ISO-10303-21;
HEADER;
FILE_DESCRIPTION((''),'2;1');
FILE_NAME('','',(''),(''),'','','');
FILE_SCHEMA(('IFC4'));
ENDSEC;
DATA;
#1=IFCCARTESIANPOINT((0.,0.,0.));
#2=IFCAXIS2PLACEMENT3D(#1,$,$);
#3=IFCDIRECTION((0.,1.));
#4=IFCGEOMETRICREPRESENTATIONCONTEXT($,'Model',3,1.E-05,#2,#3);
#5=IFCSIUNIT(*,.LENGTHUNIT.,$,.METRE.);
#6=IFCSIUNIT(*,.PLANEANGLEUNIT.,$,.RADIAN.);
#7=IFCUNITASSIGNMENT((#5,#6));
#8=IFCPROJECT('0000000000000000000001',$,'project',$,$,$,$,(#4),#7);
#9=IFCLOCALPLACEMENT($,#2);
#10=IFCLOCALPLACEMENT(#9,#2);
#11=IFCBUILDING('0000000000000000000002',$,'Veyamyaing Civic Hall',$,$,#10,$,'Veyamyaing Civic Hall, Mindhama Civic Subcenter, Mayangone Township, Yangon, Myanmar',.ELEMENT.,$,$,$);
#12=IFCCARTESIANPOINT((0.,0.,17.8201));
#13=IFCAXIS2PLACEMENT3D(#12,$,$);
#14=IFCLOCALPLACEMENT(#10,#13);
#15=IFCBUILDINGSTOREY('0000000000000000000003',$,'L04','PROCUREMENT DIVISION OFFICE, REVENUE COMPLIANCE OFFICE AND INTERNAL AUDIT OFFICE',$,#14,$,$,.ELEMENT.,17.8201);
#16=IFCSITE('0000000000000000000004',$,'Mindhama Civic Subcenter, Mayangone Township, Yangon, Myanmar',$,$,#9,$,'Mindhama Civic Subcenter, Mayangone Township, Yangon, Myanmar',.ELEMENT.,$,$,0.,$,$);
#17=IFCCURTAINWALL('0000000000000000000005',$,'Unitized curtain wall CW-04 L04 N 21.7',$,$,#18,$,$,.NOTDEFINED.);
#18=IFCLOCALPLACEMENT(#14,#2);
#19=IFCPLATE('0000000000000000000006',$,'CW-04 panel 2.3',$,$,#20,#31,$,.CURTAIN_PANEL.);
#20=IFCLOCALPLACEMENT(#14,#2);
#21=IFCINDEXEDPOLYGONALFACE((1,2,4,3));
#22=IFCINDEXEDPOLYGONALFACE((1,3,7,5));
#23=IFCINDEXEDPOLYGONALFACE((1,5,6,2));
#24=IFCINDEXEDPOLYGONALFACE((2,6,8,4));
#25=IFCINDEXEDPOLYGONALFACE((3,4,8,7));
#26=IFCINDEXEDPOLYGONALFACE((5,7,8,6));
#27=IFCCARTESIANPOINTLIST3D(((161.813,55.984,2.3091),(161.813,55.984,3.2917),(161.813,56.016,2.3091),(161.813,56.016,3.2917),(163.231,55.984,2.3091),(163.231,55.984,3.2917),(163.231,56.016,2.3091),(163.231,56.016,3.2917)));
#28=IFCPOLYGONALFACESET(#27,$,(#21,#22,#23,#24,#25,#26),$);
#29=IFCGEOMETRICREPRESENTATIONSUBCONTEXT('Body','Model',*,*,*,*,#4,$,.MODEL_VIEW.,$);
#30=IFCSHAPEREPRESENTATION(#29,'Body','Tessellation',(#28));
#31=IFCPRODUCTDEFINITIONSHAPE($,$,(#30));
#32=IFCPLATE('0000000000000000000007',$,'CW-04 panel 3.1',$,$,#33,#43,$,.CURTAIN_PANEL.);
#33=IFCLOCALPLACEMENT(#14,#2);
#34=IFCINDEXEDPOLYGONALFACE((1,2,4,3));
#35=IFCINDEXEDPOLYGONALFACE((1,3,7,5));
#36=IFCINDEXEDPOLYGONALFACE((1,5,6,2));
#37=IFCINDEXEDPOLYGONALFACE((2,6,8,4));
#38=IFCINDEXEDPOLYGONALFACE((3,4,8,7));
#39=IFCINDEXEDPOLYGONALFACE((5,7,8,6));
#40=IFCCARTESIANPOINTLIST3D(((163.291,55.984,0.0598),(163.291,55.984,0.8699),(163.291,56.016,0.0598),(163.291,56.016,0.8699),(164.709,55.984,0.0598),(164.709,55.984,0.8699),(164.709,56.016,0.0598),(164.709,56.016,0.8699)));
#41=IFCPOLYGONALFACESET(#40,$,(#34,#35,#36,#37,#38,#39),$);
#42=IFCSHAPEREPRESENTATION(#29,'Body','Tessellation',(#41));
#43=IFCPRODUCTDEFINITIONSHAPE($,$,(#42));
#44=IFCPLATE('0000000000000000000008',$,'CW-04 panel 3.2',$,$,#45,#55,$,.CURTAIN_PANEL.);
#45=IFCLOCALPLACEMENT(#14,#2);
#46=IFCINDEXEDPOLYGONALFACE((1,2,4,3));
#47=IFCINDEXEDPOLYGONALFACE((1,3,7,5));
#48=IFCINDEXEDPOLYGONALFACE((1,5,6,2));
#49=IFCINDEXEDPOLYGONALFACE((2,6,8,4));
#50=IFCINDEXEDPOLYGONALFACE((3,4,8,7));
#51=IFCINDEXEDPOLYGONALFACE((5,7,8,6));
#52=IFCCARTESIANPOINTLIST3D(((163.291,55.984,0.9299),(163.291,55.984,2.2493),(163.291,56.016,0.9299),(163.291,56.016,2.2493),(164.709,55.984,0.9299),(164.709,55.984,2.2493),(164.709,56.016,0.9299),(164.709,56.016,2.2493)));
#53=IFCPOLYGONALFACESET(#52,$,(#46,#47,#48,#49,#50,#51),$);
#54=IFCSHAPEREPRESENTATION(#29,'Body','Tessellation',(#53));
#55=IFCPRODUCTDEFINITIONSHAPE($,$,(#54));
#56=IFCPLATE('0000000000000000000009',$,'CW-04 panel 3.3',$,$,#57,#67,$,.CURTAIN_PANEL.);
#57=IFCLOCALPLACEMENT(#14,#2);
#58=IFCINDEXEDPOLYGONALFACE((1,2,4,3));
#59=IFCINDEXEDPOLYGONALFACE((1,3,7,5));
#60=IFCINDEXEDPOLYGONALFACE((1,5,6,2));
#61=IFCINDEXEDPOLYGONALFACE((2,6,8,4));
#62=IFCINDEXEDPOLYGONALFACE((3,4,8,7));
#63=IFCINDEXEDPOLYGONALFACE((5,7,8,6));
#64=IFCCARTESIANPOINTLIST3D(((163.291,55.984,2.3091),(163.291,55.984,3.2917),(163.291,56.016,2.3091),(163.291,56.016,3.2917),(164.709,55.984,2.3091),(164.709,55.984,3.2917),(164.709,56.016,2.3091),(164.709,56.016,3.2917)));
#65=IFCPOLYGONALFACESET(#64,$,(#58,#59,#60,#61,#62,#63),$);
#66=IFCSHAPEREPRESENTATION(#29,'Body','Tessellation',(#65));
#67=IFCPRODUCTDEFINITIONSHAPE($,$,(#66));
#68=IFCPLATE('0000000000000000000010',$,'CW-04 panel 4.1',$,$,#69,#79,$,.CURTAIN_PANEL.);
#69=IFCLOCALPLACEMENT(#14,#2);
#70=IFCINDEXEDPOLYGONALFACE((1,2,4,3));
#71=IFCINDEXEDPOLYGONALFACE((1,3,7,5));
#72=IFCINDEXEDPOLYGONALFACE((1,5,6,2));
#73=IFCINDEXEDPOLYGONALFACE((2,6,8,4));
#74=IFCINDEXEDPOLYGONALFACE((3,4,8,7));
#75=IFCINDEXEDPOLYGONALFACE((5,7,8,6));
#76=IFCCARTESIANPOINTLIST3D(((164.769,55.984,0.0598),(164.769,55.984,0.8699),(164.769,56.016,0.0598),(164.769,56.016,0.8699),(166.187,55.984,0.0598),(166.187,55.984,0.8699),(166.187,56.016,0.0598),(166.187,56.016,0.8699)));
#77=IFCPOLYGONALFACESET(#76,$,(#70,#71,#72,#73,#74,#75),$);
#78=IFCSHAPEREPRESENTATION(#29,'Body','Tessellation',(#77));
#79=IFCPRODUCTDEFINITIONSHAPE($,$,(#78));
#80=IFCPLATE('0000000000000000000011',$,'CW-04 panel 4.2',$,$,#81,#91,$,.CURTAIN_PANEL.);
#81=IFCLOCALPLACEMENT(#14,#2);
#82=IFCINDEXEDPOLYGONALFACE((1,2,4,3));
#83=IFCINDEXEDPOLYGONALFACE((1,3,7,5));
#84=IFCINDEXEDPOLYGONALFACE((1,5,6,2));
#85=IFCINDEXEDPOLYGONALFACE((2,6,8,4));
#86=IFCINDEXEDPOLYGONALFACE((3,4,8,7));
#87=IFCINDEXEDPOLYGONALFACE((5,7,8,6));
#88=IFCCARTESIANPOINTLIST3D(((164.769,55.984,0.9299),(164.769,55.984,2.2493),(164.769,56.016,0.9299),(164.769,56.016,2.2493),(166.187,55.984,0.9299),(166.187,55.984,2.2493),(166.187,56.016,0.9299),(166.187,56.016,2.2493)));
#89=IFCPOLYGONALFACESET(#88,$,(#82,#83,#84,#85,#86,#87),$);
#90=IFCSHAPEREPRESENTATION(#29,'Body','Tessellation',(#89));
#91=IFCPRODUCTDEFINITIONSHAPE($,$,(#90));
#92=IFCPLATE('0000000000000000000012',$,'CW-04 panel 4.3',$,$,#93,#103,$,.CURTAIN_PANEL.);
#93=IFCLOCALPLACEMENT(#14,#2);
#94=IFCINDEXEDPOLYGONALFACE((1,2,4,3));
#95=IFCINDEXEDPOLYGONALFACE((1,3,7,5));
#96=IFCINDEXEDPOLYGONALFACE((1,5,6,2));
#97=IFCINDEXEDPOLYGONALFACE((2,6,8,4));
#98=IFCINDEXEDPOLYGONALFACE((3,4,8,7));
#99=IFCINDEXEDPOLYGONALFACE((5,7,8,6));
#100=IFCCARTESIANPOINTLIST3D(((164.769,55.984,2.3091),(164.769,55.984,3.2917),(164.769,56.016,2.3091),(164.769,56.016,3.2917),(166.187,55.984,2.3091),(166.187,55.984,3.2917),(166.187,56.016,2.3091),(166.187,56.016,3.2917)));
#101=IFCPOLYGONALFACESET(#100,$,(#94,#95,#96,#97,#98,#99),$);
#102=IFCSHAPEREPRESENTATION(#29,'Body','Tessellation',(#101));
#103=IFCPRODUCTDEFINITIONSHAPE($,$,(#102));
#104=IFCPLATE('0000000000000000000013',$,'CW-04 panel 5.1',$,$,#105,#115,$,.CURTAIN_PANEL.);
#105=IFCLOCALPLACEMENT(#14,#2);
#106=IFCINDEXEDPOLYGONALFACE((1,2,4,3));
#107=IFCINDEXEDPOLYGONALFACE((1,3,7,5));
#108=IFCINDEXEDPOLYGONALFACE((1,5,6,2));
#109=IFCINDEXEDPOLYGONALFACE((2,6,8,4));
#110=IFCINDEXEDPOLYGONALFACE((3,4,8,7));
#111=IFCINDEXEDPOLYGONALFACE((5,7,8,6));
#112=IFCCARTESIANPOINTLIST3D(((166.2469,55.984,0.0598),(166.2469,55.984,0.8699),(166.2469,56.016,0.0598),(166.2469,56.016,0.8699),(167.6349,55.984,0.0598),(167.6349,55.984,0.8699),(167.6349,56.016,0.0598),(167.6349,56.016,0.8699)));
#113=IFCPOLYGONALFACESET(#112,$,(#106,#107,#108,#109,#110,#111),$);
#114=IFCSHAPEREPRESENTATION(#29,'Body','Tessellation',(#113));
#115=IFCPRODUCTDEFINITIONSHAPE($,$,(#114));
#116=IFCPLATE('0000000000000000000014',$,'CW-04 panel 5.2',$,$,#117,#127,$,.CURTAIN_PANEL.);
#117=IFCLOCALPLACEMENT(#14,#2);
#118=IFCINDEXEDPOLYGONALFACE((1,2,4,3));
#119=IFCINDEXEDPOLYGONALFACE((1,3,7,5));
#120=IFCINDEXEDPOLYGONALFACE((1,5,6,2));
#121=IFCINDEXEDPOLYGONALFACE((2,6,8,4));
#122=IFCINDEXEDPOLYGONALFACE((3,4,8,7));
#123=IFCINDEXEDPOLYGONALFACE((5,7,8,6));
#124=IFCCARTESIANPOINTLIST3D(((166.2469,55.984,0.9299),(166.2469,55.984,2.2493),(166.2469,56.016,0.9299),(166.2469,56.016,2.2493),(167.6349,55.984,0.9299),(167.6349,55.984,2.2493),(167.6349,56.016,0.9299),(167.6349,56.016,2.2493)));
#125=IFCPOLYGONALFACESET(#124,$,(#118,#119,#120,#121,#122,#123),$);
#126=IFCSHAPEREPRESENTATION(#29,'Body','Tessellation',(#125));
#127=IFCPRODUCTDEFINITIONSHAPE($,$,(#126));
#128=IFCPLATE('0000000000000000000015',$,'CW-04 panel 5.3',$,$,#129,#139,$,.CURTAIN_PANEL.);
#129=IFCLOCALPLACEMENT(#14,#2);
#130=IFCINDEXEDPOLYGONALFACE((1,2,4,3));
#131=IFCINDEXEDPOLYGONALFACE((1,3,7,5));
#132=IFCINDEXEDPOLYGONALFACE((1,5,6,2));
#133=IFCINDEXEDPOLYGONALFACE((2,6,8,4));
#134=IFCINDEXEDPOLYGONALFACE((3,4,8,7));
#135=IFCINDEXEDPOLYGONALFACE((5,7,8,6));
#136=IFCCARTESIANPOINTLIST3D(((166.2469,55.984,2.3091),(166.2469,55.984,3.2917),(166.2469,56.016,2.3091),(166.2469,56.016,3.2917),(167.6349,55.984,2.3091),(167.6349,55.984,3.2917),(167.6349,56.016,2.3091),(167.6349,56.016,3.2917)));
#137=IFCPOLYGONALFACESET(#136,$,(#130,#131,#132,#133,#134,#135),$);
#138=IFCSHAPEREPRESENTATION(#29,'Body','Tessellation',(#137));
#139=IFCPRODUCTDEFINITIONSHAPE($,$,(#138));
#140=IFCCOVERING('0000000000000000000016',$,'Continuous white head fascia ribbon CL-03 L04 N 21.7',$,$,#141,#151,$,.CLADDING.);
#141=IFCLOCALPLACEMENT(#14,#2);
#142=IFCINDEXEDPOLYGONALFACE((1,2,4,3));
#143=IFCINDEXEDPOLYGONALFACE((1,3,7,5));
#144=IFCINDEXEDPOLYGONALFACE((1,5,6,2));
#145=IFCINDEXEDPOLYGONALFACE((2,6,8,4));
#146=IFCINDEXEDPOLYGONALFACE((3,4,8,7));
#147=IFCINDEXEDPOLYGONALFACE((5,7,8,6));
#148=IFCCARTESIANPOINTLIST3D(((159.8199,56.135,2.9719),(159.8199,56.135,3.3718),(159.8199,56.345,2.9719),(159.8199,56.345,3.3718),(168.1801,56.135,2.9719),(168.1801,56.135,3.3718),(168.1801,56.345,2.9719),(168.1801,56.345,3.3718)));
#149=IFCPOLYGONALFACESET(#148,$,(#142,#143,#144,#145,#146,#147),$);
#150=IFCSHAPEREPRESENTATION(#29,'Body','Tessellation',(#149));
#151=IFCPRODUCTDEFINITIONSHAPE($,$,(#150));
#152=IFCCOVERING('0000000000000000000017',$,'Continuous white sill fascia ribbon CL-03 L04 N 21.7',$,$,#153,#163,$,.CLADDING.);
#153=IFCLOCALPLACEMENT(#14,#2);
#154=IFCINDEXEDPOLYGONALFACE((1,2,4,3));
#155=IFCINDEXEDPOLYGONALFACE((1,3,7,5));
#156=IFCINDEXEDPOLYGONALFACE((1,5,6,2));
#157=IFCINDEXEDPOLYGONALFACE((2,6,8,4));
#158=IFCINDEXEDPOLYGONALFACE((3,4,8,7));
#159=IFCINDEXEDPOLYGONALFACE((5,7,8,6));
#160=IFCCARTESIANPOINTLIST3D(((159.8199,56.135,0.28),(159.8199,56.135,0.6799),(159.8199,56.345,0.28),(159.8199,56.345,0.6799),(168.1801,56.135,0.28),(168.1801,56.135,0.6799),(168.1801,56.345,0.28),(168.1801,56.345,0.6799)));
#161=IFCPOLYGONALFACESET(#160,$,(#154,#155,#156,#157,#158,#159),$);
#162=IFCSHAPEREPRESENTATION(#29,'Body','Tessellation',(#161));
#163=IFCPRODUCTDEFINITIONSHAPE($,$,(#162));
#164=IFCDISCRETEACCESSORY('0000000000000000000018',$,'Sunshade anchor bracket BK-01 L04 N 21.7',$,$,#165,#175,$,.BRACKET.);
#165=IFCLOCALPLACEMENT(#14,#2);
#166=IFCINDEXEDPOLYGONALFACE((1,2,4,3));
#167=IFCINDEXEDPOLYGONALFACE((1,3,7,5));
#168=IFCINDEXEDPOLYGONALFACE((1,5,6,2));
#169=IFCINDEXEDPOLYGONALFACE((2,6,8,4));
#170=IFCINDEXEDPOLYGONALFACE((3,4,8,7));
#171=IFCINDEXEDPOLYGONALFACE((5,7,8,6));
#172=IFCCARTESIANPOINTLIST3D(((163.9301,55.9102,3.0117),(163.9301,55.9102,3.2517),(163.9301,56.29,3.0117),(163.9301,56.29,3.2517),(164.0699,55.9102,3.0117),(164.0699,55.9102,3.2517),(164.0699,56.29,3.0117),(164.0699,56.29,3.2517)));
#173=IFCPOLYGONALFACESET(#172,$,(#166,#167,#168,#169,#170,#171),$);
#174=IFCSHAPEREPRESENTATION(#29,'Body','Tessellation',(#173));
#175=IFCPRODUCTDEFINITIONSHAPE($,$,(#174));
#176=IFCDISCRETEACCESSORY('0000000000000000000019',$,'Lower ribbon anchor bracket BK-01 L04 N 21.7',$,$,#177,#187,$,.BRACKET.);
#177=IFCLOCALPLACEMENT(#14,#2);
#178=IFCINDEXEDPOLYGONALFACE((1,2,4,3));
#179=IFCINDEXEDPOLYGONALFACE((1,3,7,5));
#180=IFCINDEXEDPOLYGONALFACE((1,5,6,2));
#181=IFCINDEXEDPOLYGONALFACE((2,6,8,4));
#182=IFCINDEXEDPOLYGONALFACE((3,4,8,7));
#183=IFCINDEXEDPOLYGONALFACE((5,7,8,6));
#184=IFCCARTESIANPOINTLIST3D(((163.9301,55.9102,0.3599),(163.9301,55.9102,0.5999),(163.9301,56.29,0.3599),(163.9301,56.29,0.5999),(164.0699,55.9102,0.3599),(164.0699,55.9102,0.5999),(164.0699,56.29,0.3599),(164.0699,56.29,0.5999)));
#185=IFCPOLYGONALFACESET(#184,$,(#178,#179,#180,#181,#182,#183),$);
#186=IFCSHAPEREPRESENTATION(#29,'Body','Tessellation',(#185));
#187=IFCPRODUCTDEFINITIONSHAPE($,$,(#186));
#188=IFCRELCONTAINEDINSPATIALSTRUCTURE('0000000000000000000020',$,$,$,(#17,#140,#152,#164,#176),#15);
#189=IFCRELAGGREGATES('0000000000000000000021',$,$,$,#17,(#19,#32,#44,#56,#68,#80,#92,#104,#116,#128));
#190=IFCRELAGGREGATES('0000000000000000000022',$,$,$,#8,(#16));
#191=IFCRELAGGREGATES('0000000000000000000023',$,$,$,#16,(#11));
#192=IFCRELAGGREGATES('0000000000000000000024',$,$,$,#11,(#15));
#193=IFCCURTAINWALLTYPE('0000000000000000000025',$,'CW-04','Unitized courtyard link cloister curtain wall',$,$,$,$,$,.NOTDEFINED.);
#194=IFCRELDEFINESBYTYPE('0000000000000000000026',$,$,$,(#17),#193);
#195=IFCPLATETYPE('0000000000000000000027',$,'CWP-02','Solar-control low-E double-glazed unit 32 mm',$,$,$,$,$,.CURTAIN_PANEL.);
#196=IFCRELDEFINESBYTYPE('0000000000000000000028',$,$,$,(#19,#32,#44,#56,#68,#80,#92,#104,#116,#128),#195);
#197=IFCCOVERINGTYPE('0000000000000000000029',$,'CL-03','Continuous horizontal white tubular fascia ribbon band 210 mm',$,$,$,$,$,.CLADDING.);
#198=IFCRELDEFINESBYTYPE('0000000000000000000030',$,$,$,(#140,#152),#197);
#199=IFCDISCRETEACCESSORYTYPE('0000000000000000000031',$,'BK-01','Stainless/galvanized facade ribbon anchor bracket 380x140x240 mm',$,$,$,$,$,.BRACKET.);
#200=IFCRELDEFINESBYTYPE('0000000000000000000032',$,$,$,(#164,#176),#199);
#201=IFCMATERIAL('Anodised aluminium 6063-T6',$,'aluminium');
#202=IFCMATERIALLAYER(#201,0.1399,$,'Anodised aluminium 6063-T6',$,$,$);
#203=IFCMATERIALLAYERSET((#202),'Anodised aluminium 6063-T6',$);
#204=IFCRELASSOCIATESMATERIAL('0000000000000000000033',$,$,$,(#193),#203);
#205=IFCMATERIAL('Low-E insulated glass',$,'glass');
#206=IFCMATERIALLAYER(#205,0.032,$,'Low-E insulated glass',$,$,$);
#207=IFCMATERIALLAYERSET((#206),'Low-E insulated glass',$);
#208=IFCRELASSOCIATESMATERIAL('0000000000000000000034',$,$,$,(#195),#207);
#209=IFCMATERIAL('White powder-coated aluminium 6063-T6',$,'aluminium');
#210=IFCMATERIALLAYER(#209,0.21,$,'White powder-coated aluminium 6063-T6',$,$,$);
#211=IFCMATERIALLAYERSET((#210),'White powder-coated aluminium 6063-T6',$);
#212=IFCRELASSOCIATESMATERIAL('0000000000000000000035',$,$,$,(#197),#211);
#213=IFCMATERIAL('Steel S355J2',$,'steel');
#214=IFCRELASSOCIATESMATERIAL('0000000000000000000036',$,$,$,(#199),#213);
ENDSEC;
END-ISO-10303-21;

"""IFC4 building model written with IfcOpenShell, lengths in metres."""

from ifc_helpers import new_model, si_unit, direction, frame, origin, origin_2d, place, context, subcontext, project, spatial, rectangle, extrude, material, layer, layer_set, type_object, element, aggregate, save


model = new_model("IFC4")

# Units and contexts
model_context = context("Model", 3, precision=1e-05, world=origin(), true_north=direction((0.0, 1.0)))
body_context = subcontext(model_context, "Body", "Model", "MODEL_VIEW")
ifc_project = project(units=[si_unit("LENGTHUNIT", "METRE"), si_unit("PLANEANGLEUNIT", "RADIAN")], contexts=[model_context])

# Site, building, storey
site_placement = place(None, origin())
site = spatial("IfcSite", under=ifc_project, at=site_placement, Name="Mindhama Civic Subcenter, Mayangone Township, Yangon, Myanmar", LongName="Mindhama Civic Subcenter, Mayangone Township, Yangon, Myanmar", CompositionType="ELEMENT", RefElevation=0.0)
building_placement = place(site_placement, origin())
building = spatial("IfcBuilding", under=site, at=building_placement, Name="Veyamyaing Civic Hall", LongName="Veyamyaing Civic Hall, Mindhama Civic Subcenter, Mayangone Township, Yangon, Myanmar", CompositionType="ELEMENT")
storey_placement = place(building_placement, frame((0.0, 0.0, 17.8201)))
storey = spatial("IfcBuildingStorey", under=building, at=storey_placement, Name="L04", Description="PROCUREMENT DIVISION OFFICE, REVENUE COMPLIANCE OFFICE AND INTERNAL AUDIT OFFICE", CompositionType="ELEMENT", Elevation=17.8201)

# Curtain wall, plates
ifc_material_1 = material(Name="Anodised aluminium 6063-T6", Category="aluminium")
ifc_layer_1 = layer(ifc_material_1, 0.1399, Name="Anodised aluminium 6063-T6")
ifc_layer_set_1 = layer_set([ifc_layer_1], Name="Anodised aluminium 6063-T6")
curtain_wall_type = type_object("IfcCurtainWallType", Name="CW-04", Description="Unitized courtyard link cloister curtain wall", PredefinedType="NOTDEFINED", material=ifc_layer_set_1)
curtain_wall_placement = place(storey_placement, origin())
curtain_wall = element("IfcCurtainWall", 1, at=curtain_wall_placement, inside=storey, type_object=curtain_wall_type, Name="Unitized curtain wall CW-04 L04 N 21.7", PredefinedType="NOTDEFINED")
ifc_material_2 = material(Name="Low-E insulated glass", Category="glass")
ifc_layer_2 = layer(ifc_material_2, 0.032, Name="Low-E insulated glass")
ifc_layer_set_2 = layer_set([ifc_layer_2], Name="Low-E insulated glass")
plate_type = type_object("IfcPlateType", Name="CWP-02", Description="Solar-control low-E double-glazed unit 32 mm", PredefinedType="CURTAIN_PANEL", material=ifc_layer_set_2)
plate_1_placement = place(storey_placement, frame((162.522, 56.0, 2.3091), z_axis=(0.0, 0.0, 1.0), x_axis=(1.0, 0.0, 0.0)))
plate_1 = element("IfcPlate", 2, at=plate_1_placement, type_object=plate_type, Name="CW-04 panel 2.3", PredefinedType="CURTAIN_PANEL", context=body_context, shape_type="SweptSolid", body=[
    extrude(rectangle(XDim=1.418, YDim=0.032, at=origin_2d()), origin(), (0.0, 0.0, 1.0), 0.9827),
])
plate_2_placement = place(storey_placement, frame((164.0, 56.0, 0.0598), z_axis=(0.0, 0.0, 1.0), x_axis=(1.0, 0.0, 0.0)))
plate_2 = element("IfcPlate", 3, at=plate_2_placement, type_object=plate_type, Name="CW-04 panel 3.1", PredefinedType="CURTAIN_PANEL", context=body_context, shape_type="SweptSolid", body=[
    extrude(rectangle(XDim=1.418, YDim=0.032, at=origin_2d()), origin(), (0.0, 0.0, 1.0), 0.8101),
])
plate_3_placement = place(storey_placement, frame((164.0, 56.0, 0.9299), z_axis=(0.0, 0.0, 1.0), x_axis=(1.0, 0.0, 0.0)))
plate_3 = element("IfcPlate", 4, at=plate_3_placement, type_object=plate_type, Name="CW-04 panel 3.2", PredefinedType="CURTAIN_PANEL", context=body_context, shape_type="SweptSolid", body=[
    extrude(rectangle(XDim=1.418, YDim=0.032, at=origin_2d()), origin(), (0.0, 0.0, 1.0), 1.3193),
])
plate_4_placement = place(storey_placement, frame((164.0, 56.0, 2.3091), z_axis=(0.0, 0.0, 1.0), x_axis=(1.0, 0.0, 0.0)))
plate_4 = element("IfcPlate", 5, at=plate_4_placement, type_object=plate_type, Name="CW-04 panel 3.3", PredefinedType="CURTAIN_PANEL", context=body_context, shape_type="SweptSolid", body=[
    extrude(rectangle(XDim=1.418, YDim=0.032, at=origin_2d()), origin(), (0.0, 0.0, 1.0), 0.9827),
])
plate_5_placement = place(storey_placement, frame((165.478, 56.0, 0.0598), z_axis=(0.0, 0.0, 1.0), x_axis=(1.0, 0.0, 0.0)))
plate_5 = element("IfcPlate", 6, at=plate_5_placement, type_object=plate_type, Name="CW-04 panel 4.1", PredefinedType="CURTAIN_PANEL", context=body_context, shape_type="SweptSolid", body=[
    extrude(rectangle(XDim=1.418, YDim=0.032, at=origin_2d()), origin(), (0.0, 0.0, 1.0), 0.8101),
])
plate_6_placement = place(storey_placement, frame((165.478, 56.0, 0.9299), z_axis=(0.0, 0.0, 1.0), x_axis=(1.0, 0.0, 0.0)))
plate_6 = element("IfcPlate", 7, at=plate_6_placement, type_object=plate_type, Name="CW-04 panel 4.2", PredefinedType="CURTAIN_PANEL", context=body_context, shape_type="SweptSolid", body=[
    extrude(rectangle(XDim=1.418, YDim=0.032, at=origin_2d()), origin(), (0.0, 0.0, 1.0), 1.3193),
])
plate_7_placement = place(storey_placement, frame((165.478, 56.0, 2.3091), z_axis=(0.0, 0.0, 1.0), x_axis=(1.0, 0.0, 0.0)))
plate_7 = element("IfcPlate", 8, at=plate_7_placement, type_object=plate_type, Name="CW-04 panel 4.3", PredefinedType="CURTAIN_PANEL", context=body_context, shape_type="SweptSolid", body=[
    extrude(rectangle(XDim=1.418, YDim=0.032, at=origin_2d()), origin(), (0.0, 0.0, 1.0), 0.9827),
])
plate_8_placement = place(storey_placement, frame((166.9409, 56.0, 0.0598), z_axis=(0.0, 0.0, 1.0), x_axis=(1.0, 0.0, 0.0)))
plate_8 = element("IfcPlate", 9, at=plate_8_placement, type_object=plate_type, Name="CW-04 panel 5.1", PredefinedType="CURTAIN_PANEL", context=body_context, shape_type="SweptSolid", body=[
    extrude(rectangle(XDim=1.3879, YDim=0.032, at=origin_2d()), origin(), (0.0, 0.0, 1.0), 0.8101),
])
plate_9_placement = place(storey_placement, frame((166.9409, 56.0, 0.9299), z_axis=(0.0, 0.0, 1.0), x_axis=(1.0, 0.0, 0.0)))
plate_9 = element("IfcPlate", 10, at=plate_9_placement, type_object=plate_type, Name="CW-04 panel 5.2", PredefinedType="CURTAIN_PANEL", context=body_context, shape_type="SweptSolid", body=[
    extrude(rectangle(XDim=1.3879, YDim=0.032, at=origin_2d()), origin(), (0.0, 0.0, 1.0), 1.3193),
])
plate_10_placement = place(storey_placement, frame((166.9409, 56.0, 2.3091), z_axis=(0.0, 0.0, 1.0), x_axis=(1.0, 0.0, 0.0)))
plate_10 = element("IfcPlate", 11, at=plate_10_placement, type_object=plate_type, Name="CW-04 panel 5.3", PredefinedType="CURTAIN_PANEL", context=body_context, shape_type="SweptSolid", body=[
    extrude(rectangle(XDim=1.3879, YDim=0.032, at=origin_2d()), origin(), (0.0, 0.0, 1.0), 0.9827),
])
aggregate(curtain_wall, [plate_1, plate_2, plate_3, plate_4, plate_5, plate_6, plate_7, plate_8, plate_9, plate_10])

# Coverings
ifc_material_3 = material(Name="White powder-coated aluminium 6063-T6", Category="aluminium")
ifc_layer_3 = layer(ifc_material_3, 0.21, Name="White powder-coated aluminium 6063-T6")
ifc_layer_set_3 = layer_set([ifc_layer_3], Name="White powder-coated aluminium 6063-T6")
covering_type = type_object("IfcCoveringType", Name="CL-03", Description="Continuous horizontal white tubular fascia ribbon band 210 mm", PredefinedType="CLADDING", material=ifc_layer_set_3)
for number, where, z_axis, x_axis, name in (
    (12, (164.0, 56.24, 2.9719), (0.0, 0.0, 1.0), (1.0, 0.0, 0.0), "Continuous white head fascia ribbon CL-03 L04 N 21.7"),
    (13, (164.0, 56.24, 0.28), (0.0, 0.0, 1.0), (1.0, 0.0, 0.0), "Continuous white sill fascia ribbon CL-03 L04 N 21.7"),
):
    element("IfcCovering", number, at=place(storey_placement, frame(where, z_axis=z_axis, x_axis=x_axis)), inside=storey, type_object=covering_type, Name=name, PredefinedType="CLADDING", context=body_context, shape_type="SweptSolid", body=[
        extrude(rectangle(XDim=8.3601, YDim=0.21, at=origin_2d()), origin(), (0.0, 0.0, 1.0), 0.3999),
    ])

# Discrete accessories
ifc_material_4 = material(Name="Steel S355J2", Category="steel")
discrete_accessory_type = type_object("IfcDiscreteAccessoryType", Name="BK-01", Description="Stainless/galvanized facade ribbon anchor bracket 380x140x240 mm", PredefinedType="BRACKET", material=ifc_material_4)
for number, where, z_axis, x_axis, name in (
    (14, (164.0, 56.1001, 3.0117), (0.0, 0.0, 1.0), (0.0, 1.0, 0.0), "Sunshade anchor bracket BK-01 L04 N 21.7"),
    (15, (164.0, 56.1001, 0.3599), (0.0, 0.0, 1.0), (0.0, 1.0, 0.0), "Lower ribbon anchor bracket BK-01 L04 N 21.7"),
):
    element("IfcDiscreteAccessory", number, at=place(storey_placement, frame(where, z_axis=z_axis, x_axis=x_axis)), inside=storey, type_object=discrete_accessory_type, Name=name, PredefinedType="BRACKET", context=body_context, shape_type="SweptSolid", body=[
        extrude(rectangle(XDim=0.3799, YDim=0.1399, at=origin_2d()), origin(), (0.0, 0.0, 1.0), 0.24),
    ])

save(model, "model.ifc")
